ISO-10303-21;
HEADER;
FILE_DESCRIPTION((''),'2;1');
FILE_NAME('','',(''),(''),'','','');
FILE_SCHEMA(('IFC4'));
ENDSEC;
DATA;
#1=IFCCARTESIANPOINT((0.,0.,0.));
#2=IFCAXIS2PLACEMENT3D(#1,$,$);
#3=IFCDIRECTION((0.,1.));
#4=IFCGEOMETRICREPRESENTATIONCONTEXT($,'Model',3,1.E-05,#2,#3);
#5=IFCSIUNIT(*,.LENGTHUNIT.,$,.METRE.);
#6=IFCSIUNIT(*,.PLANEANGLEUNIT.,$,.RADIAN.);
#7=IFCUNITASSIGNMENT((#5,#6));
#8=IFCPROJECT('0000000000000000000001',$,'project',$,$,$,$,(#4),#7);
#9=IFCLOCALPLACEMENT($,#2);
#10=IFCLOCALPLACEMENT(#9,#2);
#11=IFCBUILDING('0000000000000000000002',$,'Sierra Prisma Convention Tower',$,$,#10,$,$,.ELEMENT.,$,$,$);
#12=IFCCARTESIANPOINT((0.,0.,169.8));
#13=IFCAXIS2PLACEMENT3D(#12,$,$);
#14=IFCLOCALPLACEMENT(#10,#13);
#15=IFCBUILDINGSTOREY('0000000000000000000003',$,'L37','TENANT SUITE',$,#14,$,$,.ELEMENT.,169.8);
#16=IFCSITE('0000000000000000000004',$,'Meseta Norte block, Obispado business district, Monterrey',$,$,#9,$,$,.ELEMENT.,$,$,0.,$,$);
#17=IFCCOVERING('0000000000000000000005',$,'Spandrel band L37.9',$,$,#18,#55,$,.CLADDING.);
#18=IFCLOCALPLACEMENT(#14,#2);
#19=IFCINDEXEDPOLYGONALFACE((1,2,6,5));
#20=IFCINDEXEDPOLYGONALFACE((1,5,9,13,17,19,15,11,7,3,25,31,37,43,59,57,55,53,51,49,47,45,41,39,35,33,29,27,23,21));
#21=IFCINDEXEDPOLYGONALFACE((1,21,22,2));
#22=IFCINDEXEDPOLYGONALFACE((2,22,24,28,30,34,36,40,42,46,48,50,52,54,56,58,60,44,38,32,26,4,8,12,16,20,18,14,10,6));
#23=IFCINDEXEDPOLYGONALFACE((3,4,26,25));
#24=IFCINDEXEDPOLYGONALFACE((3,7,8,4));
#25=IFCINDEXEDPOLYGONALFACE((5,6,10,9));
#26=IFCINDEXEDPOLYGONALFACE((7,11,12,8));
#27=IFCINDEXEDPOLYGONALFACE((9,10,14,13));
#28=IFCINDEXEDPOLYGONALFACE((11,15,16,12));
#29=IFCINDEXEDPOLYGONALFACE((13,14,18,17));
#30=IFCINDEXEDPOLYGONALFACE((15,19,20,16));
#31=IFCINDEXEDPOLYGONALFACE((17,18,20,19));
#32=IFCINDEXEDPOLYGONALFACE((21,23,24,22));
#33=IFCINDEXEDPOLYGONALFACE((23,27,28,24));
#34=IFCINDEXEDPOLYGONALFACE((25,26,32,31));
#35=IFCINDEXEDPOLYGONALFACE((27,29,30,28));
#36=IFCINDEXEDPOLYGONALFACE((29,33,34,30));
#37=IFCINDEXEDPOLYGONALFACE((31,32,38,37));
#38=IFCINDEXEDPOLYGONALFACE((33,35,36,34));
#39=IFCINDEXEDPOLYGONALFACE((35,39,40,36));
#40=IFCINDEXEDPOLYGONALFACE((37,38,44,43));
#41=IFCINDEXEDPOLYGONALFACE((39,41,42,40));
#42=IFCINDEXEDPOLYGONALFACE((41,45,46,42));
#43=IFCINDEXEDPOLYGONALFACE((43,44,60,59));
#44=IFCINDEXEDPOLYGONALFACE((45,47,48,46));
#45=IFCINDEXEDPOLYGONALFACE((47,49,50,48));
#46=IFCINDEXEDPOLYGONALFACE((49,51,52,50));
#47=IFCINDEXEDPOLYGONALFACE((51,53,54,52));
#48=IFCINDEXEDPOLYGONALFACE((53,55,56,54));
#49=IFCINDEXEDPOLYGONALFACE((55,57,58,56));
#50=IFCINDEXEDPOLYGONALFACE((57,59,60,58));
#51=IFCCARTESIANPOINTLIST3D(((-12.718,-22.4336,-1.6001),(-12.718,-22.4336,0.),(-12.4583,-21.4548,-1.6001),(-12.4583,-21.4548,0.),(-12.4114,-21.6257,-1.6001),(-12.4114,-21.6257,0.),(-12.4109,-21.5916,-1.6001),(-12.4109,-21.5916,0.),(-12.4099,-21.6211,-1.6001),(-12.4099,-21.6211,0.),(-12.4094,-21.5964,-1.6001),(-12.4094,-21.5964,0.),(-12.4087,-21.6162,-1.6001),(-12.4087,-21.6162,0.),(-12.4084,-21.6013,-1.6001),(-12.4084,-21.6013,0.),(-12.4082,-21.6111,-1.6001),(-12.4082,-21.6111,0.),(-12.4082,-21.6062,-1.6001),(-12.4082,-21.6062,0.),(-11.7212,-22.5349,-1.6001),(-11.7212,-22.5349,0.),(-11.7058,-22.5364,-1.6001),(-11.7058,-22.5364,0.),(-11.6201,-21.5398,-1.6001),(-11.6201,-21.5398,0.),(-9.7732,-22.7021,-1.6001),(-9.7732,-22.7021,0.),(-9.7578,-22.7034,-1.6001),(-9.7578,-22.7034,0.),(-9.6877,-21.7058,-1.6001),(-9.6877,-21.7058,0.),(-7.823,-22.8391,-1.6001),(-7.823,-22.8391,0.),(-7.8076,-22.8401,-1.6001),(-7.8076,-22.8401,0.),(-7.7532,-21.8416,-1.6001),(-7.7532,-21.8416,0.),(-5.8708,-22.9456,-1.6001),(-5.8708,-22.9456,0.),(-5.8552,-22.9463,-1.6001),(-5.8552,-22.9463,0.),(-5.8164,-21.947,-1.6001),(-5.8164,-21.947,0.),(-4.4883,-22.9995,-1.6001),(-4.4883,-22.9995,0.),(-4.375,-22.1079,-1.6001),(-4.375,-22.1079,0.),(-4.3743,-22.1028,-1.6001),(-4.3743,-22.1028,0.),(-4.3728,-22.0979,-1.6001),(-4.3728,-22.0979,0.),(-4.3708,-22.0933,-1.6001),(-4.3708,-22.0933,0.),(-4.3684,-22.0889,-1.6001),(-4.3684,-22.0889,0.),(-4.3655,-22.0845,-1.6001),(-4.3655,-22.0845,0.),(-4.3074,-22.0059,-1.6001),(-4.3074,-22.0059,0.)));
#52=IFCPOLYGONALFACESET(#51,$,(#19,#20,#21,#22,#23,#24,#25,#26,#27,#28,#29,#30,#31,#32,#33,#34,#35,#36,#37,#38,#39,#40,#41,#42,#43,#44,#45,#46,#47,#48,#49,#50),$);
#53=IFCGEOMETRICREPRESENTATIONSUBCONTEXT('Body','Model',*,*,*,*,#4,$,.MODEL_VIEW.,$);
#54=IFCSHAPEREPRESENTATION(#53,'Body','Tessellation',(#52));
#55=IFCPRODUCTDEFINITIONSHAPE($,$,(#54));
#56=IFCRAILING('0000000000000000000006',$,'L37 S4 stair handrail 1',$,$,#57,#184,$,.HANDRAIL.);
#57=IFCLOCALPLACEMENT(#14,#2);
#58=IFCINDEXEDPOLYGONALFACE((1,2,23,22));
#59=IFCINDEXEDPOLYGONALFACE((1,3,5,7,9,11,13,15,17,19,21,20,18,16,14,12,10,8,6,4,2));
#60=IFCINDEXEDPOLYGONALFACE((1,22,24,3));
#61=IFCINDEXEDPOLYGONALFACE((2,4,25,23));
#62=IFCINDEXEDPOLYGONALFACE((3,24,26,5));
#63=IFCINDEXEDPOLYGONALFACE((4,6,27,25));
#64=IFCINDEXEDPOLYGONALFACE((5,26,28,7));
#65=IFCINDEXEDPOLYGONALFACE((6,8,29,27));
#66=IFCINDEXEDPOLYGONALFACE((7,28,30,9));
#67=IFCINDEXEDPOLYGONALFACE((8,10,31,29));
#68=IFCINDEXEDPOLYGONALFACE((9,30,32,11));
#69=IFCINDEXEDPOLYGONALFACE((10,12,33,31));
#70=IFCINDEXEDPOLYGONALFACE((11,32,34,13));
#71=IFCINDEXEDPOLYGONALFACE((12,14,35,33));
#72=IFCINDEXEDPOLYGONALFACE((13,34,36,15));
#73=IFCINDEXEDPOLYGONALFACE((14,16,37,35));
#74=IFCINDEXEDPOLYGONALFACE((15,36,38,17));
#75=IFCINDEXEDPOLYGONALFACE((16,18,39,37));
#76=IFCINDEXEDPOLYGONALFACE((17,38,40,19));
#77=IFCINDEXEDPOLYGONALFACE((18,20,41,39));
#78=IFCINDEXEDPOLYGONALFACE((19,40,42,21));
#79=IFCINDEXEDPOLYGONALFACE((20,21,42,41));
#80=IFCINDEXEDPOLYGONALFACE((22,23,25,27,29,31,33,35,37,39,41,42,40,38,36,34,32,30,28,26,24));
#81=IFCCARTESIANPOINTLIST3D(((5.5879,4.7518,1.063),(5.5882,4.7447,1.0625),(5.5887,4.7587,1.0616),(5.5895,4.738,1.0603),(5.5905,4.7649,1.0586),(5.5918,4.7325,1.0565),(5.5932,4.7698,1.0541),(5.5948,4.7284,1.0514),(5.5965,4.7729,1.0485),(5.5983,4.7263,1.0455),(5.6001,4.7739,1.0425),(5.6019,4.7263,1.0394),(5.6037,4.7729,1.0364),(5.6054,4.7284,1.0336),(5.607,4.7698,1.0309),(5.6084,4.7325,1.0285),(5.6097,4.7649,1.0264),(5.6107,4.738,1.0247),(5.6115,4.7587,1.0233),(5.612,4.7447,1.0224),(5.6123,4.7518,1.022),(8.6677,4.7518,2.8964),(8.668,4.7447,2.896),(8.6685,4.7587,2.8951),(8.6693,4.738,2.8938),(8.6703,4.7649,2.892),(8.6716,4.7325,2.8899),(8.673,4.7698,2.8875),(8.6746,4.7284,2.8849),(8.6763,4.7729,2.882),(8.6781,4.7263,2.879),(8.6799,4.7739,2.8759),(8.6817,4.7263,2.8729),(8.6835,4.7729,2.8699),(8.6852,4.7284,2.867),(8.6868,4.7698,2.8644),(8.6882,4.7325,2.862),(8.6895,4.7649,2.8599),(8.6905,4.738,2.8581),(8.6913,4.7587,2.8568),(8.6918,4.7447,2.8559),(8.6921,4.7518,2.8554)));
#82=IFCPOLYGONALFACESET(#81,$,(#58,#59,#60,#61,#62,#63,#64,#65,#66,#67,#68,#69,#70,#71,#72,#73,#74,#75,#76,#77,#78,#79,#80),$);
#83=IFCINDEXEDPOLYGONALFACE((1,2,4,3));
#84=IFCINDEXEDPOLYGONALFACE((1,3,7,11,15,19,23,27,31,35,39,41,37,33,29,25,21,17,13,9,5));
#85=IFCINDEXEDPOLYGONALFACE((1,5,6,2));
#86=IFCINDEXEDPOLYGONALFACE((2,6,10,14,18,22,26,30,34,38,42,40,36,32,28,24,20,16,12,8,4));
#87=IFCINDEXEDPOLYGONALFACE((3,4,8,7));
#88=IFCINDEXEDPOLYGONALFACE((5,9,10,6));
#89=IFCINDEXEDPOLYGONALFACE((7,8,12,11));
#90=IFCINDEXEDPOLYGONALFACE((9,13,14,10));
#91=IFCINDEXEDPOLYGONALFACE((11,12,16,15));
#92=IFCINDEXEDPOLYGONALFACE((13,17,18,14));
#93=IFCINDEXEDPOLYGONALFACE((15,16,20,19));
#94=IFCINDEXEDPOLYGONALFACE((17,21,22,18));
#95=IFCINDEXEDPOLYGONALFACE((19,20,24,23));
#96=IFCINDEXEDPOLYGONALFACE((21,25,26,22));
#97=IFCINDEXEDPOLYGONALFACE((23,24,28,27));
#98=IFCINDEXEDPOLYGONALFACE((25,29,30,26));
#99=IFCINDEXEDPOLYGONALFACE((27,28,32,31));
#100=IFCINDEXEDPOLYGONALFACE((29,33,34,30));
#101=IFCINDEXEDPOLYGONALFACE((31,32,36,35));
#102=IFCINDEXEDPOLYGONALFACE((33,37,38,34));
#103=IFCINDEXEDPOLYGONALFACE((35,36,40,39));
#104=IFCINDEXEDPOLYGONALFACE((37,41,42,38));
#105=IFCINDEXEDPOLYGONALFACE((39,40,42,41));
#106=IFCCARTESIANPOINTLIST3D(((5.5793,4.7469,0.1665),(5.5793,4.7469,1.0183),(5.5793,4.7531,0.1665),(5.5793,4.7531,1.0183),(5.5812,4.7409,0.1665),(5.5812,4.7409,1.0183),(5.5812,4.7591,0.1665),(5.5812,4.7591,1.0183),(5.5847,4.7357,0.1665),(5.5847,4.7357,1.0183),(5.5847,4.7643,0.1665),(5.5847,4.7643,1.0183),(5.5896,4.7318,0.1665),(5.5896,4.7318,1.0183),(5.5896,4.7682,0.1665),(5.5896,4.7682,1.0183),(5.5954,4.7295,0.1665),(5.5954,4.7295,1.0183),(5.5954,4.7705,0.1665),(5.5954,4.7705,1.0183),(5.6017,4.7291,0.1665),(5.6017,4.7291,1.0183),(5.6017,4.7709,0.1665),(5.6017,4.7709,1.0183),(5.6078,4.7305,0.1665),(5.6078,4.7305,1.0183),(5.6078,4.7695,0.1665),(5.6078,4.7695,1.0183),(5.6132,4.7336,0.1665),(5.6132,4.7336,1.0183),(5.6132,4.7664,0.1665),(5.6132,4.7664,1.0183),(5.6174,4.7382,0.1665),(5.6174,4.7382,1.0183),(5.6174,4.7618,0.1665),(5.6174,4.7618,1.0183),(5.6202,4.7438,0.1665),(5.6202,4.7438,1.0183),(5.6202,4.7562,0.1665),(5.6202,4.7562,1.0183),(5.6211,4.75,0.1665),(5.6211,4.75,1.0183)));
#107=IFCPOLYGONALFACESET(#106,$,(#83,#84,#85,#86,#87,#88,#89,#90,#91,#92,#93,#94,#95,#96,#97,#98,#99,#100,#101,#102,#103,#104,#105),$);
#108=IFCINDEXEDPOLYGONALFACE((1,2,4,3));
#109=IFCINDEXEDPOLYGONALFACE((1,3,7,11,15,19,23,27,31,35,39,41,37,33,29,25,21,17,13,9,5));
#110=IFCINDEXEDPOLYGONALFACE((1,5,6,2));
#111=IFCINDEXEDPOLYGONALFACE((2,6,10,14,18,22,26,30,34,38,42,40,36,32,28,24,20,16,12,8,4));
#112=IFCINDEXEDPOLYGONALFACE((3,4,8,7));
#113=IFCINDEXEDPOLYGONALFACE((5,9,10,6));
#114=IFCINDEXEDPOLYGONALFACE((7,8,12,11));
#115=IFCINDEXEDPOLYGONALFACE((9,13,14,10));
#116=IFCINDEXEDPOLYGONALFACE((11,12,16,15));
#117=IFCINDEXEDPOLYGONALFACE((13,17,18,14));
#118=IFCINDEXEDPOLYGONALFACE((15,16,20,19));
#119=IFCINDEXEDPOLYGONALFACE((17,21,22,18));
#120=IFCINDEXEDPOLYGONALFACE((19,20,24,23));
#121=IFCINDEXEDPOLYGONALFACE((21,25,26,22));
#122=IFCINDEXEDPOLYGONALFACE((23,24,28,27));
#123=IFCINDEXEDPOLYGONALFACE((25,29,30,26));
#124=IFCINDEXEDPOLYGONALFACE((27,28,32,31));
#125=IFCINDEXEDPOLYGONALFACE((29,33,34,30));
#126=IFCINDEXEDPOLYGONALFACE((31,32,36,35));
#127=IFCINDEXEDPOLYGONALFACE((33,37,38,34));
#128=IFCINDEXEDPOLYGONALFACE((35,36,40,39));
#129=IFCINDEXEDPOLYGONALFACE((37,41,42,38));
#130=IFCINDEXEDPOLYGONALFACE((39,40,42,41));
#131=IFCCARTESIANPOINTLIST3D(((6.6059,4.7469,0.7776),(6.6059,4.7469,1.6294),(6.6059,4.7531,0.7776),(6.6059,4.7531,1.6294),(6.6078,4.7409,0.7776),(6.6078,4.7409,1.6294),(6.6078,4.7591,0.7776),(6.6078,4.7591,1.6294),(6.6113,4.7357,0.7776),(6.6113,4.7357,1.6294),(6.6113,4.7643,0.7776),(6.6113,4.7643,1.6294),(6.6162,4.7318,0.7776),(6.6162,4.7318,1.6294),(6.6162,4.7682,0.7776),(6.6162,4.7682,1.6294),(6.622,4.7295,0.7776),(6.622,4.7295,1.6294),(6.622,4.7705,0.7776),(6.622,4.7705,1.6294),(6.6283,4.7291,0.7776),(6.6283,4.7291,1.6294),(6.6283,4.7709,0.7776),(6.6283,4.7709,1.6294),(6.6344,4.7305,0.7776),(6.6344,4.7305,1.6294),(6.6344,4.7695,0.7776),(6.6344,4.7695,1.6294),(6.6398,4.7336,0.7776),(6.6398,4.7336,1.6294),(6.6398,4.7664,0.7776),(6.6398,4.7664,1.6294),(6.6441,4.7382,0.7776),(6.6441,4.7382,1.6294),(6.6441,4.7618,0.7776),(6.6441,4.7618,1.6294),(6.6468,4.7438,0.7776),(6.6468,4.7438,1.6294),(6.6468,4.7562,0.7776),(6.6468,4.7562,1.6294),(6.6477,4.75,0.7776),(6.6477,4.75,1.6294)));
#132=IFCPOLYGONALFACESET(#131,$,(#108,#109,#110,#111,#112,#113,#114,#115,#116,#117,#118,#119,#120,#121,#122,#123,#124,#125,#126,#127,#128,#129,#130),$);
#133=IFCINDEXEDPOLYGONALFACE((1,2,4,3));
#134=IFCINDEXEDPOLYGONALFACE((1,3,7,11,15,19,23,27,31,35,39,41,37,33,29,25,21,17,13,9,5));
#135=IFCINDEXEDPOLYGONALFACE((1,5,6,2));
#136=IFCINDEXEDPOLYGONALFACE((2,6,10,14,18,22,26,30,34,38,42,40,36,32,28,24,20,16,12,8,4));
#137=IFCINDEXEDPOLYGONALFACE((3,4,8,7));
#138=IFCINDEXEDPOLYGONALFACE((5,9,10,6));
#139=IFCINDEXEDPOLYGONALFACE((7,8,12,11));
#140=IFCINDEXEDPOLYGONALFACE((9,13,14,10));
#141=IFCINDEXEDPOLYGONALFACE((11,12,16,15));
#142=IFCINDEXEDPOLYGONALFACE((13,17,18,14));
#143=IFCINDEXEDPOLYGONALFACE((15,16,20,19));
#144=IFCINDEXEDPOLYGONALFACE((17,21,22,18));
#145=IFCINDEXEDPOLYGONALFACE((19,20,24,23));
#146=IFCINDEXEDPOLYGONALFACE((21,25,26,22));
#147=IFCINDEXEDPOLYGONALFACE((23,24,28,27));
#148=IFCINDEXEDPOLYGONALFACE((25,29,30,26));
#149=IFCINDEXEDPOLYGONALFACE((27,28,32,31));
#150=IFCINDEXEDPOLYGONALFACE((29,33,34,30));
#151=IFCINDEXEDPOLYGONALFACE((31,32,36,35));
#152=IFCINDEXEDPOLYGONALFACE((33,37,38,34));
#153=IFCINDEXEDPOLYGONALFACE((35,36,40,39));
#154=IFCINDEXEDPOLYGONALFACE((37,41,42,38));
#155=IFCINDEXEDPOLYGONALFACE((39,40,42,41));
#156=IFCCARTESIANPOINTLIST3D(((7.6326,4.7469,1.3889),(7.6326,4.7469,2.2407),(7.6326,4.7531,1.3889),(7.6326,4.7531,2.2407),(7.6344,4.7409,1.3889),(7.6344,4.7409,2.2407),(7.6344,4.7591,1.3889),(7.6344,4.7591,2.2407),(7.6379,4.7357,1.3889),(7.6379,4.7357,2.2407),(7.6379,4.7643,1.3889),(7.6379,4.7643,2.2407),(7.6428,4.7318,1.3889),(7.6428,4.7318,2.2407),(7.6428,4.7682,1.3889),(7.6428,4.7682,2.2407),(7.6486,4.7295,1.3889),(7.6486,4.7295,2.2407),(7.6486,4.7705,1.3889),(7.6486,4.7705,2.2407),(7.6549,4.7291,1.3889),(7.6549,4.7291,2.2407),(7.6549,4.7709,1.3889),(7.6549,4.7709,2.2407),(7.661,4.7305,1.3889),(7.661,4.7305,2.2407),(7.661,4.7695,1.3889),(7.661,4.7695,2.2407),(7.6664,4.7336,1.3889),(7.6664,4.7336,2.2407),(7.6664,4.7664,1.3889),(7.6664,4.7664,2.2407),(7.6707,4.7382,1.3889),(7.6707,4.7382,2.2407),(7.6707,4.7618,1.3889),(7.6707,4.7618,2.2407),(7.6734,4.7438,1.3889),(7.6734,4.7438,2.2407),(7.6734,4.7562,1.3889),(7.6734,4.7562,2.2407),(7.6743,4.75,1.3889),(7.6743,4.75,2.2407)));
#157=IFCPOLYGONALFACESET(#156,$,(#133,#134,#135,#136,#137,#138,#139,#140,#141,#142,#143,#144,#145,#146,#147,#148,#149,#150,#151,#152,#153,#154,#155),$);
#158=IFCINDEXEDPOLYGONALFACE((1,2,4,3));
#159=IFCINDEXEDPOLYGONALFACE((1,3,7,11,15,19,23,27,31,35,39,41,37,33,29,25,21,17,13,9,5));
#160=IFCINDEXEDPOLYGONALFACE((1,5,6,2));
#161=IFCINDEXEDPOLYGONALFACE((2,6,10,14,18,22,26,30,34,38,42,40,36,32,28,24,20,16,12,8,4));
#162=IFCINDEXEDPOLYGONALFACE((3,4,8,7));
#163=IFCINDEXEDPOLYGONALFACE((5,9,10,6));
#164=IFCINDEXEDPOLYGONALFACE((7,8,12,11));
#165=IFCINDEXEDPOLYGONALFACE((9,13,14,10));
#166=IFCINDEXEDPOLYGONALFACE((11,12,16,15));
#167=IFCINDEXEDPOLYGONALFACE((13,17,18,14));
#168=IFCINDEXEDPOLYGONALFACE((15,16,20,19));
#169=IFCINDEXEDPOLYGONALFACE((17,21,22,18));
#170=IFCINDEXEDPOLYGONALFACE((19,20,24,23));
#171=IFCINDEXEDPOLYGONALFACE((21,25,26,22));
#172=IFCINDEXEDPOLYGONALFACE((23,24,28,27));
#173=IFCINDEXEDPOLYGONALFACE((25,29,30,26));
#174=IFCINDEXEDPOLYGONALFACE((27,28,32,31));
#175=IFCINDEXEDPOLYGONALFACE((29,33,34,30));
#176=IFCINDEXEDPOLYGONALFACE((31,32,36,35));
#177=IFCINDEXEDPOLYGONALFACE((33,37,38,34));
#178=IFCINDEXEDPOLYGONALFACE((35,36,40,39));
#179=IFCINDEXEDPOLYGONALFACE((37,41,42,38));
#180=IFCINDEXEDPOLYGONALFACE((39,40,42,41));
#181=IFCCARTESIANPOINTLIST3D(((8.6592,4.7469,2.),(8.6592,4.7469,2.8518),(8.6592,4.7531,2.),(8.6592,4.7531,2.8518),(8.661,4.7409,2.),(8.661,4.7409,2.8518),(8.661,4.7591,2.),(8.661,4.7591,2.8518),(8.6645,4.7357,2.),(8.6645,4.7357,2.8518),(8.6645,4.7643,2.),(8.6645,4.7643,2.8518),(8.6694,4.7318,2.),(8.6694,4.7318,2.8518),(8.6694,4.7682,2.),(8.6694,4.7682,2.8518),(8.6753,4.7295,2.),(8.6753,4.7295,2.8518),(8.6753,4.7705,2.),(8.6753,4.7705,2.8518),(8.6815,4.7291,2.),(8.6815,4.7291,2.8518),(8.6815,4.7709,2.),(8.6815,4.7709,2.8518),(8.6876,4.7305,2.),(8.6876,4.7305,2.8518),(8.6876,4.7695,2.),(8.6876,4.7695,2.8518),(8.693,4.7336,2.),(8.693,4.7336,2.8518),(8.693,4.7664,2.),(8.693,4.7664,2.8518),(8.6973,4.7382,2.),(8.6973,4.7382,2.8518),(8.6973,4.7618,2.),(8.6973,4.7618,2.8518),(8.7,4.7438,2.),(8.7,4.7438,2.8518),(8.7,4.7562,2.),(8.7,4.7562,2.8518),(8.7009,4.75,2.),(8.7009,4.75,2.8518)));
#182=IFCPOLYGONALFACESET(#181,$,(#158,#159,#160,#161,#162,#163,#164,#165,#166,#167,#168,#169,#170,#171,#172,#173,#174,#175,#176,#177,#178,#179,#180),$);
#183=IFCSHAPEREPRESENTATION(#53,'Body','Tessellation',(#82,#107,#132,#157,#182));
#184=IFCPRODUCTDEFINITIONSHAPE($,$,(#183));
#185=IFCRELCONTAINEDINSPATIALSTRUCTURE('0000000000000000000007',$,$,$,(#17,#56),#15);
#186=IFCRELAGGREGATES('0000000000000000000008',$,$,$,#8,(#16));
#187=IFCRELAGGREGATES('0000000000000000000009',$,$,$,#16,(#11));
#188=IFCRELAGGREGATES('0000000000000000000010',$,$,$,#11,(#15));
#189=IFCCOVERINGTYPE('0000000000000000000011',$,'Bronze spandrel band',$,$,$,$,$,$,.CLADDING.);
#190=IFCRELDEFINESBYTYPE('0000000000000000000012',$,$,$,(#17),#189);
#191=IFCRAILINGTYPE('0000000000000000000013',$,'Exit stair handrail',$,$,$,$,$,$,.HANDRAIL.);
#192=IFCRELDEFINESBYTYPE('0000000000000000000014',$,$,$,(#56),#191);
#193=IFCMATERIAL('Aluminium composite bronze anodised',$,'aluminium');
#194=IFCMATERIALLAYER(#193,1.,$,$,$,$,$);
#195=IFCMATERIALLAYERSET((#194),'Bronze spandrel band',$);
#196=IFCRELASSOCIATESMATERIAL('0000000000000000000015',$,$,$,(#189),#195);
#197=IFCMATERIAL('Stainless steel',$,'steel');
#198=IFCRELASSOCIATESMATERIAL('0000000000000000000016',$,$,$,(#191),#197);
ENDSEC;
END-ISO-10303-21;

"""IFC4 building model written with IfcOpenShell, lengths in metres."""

from ifc_helpers import new_model, si_unit, direction, frame, origin, origin_2d, place, context, subcontext, project, spatial, polyline, circle, outline, extrude, material, layer, layer_set, type_object, element, save


model = new_model("IFC4")

# Units and contexts
model_context = context("Model", 3, precision=1e-05, world=origin(), true_north=direction((0.0, 1.0)))
body_context = subcontext(model_context, "Body", "Model", "MODEL_VIEW")
ifc_project = project(units=[si_unit("LENGTHUNIT", "METRE"), si_unit("PLANEANGLEUNIT", "RADIAN")], contexts=[model_context])

# Site, building, storey
site_placement = place(None, origin())
site = spatial("IfcSite", under=ifc_project, at=site_placement, Name="Meseta Norte block, Obispado business district, Monterrey", CompositionType="ELEMENT", RefElevation=0.0)
building_placement = place(site_placement, origin())
building = spatial("IfcBuilding", under=site, at=building_placement, Name="Sierra Prisma Convention Tower", CompositionType="ELEMENT")
storey_placement = place(building_placement, frame((0.0, 0.0, 169.8)))
storey = spatial("IfcBuildingStorey", under=building, at=storey_placement, Name="L37", Description="TENANT SUITE", CompositionType="ELEMENT", Elevation=169.8)

# Covering
ifc_material_1 = material(Name="Aluminium composite bronze anodised", Category="aluminium")
ifc_layer_1 = layer(ifc_material_1, 1.0)
ifc_layer_set_1 = layer_set([ifc_layer_1], Name="Bronze spandrel band")
covering_type_1 = type_object("IfcCoveringType", Name="Bronze spandrel band", PredefinedType="CLADDING", material=ifc_layer_set_1)
covering_1_placement = place(storey_placement, frame((0.0, 0.0, -1.6001)))
element("IfcCovering", 1, at=covering_1_placement, inside=storey, type_object=covering_type_1, Name="Spandrel band L37.9", PredefinedType="CLADDING", context=body_context, shape_type="SweptSolid", body=[
    extrude(outline(polyline([(-12.4087, -21.6162), (-12.4082, -21.6111), (-12.4082, -21.6062), (-12.4084, -21.6013), (-12.4094, -21.5964), (-12.4109, -21.5916), (-12.4583, -21.4548), (-11.6201, -21.5398), (-9.6877, -21.7058), (-7.7532, -21.8416), (-5.8164, -21.947), (-4.3074, -22.0059), (-4.3655, -22.0845), (-4.3684, -22.0889), (-4.3708, -22.0933), (-4.3728, -22.0979), (-4.3743, -22.1028), (-4.375, -22.1079), (-4.4883, -22.9995), (-5.8552, -22.9463), (-5.8708, -22.9456), (-7.8076, -22.8401), (-7.823, -22.8391), (-9.7578, -22.7034), (-9.7732, -22.7021), (-11.7058, -22.5364), (-11.7212, -22.5349), (-12.718, -22.4336), (-12.4114, -21.6257), (-12.4099, -21.6211), (-12.4087, -21.6162)])), origin(), (0.0, 0.0, 1.0), 1.6001),
])

# Railing
ifc_material_2 = material(Name="Stainless steel", Category="steel")
railing_type_1 = type_object("IfcRailingType", Name="Exit stair handrail", PredefinedType="HANDRAIL", material=ifc_material_2)
railing_1_placement = place(storey_placement, frame((5.6001, 4.75, 0.1665)))
element("IfcRailing", 2, at=railing_1_placement, inside=storey, type_object=railing_type_1, Name="L37 S4 stair handrail 1", PredefinedType="HANDRAIL", context=body_context, shape_type="SweptSolid", body=[
    extrude(circle(Radius=0.0239, at=origin_2d()), frame((0.0, 0.0, 0.876), z_axis=(0.859261, 0.0, 0.511538), x_axis=(0.0, 1.0, 0.0)), (0.0, 0.0, 1.0), 3.5842),
    extrude(circle(Radius=0.021, at=origin_2d()), origin(), (0.0, 0.0, 1.0), 0.8518),
    extrude(circle(Radius=0.021, at=origin_2d()), frame((1.0266, 0.0, 0.6111)), (0.0, 0.0, 1.0), 0.8518),
    extrude(circle(Radius=0.021, at=origin_2d()), frame((2.0532, 0.0, 1.2224)), (0.0, 0.0, 1.0), 0.8518),
    extrude(circle(Radius=0.021, at=origin_2d()), frame((3.0798, 0.0, 1.8335)), (0.0, 0.0, 1.0), 0.8518),
])

save(model, "model.ifc")
